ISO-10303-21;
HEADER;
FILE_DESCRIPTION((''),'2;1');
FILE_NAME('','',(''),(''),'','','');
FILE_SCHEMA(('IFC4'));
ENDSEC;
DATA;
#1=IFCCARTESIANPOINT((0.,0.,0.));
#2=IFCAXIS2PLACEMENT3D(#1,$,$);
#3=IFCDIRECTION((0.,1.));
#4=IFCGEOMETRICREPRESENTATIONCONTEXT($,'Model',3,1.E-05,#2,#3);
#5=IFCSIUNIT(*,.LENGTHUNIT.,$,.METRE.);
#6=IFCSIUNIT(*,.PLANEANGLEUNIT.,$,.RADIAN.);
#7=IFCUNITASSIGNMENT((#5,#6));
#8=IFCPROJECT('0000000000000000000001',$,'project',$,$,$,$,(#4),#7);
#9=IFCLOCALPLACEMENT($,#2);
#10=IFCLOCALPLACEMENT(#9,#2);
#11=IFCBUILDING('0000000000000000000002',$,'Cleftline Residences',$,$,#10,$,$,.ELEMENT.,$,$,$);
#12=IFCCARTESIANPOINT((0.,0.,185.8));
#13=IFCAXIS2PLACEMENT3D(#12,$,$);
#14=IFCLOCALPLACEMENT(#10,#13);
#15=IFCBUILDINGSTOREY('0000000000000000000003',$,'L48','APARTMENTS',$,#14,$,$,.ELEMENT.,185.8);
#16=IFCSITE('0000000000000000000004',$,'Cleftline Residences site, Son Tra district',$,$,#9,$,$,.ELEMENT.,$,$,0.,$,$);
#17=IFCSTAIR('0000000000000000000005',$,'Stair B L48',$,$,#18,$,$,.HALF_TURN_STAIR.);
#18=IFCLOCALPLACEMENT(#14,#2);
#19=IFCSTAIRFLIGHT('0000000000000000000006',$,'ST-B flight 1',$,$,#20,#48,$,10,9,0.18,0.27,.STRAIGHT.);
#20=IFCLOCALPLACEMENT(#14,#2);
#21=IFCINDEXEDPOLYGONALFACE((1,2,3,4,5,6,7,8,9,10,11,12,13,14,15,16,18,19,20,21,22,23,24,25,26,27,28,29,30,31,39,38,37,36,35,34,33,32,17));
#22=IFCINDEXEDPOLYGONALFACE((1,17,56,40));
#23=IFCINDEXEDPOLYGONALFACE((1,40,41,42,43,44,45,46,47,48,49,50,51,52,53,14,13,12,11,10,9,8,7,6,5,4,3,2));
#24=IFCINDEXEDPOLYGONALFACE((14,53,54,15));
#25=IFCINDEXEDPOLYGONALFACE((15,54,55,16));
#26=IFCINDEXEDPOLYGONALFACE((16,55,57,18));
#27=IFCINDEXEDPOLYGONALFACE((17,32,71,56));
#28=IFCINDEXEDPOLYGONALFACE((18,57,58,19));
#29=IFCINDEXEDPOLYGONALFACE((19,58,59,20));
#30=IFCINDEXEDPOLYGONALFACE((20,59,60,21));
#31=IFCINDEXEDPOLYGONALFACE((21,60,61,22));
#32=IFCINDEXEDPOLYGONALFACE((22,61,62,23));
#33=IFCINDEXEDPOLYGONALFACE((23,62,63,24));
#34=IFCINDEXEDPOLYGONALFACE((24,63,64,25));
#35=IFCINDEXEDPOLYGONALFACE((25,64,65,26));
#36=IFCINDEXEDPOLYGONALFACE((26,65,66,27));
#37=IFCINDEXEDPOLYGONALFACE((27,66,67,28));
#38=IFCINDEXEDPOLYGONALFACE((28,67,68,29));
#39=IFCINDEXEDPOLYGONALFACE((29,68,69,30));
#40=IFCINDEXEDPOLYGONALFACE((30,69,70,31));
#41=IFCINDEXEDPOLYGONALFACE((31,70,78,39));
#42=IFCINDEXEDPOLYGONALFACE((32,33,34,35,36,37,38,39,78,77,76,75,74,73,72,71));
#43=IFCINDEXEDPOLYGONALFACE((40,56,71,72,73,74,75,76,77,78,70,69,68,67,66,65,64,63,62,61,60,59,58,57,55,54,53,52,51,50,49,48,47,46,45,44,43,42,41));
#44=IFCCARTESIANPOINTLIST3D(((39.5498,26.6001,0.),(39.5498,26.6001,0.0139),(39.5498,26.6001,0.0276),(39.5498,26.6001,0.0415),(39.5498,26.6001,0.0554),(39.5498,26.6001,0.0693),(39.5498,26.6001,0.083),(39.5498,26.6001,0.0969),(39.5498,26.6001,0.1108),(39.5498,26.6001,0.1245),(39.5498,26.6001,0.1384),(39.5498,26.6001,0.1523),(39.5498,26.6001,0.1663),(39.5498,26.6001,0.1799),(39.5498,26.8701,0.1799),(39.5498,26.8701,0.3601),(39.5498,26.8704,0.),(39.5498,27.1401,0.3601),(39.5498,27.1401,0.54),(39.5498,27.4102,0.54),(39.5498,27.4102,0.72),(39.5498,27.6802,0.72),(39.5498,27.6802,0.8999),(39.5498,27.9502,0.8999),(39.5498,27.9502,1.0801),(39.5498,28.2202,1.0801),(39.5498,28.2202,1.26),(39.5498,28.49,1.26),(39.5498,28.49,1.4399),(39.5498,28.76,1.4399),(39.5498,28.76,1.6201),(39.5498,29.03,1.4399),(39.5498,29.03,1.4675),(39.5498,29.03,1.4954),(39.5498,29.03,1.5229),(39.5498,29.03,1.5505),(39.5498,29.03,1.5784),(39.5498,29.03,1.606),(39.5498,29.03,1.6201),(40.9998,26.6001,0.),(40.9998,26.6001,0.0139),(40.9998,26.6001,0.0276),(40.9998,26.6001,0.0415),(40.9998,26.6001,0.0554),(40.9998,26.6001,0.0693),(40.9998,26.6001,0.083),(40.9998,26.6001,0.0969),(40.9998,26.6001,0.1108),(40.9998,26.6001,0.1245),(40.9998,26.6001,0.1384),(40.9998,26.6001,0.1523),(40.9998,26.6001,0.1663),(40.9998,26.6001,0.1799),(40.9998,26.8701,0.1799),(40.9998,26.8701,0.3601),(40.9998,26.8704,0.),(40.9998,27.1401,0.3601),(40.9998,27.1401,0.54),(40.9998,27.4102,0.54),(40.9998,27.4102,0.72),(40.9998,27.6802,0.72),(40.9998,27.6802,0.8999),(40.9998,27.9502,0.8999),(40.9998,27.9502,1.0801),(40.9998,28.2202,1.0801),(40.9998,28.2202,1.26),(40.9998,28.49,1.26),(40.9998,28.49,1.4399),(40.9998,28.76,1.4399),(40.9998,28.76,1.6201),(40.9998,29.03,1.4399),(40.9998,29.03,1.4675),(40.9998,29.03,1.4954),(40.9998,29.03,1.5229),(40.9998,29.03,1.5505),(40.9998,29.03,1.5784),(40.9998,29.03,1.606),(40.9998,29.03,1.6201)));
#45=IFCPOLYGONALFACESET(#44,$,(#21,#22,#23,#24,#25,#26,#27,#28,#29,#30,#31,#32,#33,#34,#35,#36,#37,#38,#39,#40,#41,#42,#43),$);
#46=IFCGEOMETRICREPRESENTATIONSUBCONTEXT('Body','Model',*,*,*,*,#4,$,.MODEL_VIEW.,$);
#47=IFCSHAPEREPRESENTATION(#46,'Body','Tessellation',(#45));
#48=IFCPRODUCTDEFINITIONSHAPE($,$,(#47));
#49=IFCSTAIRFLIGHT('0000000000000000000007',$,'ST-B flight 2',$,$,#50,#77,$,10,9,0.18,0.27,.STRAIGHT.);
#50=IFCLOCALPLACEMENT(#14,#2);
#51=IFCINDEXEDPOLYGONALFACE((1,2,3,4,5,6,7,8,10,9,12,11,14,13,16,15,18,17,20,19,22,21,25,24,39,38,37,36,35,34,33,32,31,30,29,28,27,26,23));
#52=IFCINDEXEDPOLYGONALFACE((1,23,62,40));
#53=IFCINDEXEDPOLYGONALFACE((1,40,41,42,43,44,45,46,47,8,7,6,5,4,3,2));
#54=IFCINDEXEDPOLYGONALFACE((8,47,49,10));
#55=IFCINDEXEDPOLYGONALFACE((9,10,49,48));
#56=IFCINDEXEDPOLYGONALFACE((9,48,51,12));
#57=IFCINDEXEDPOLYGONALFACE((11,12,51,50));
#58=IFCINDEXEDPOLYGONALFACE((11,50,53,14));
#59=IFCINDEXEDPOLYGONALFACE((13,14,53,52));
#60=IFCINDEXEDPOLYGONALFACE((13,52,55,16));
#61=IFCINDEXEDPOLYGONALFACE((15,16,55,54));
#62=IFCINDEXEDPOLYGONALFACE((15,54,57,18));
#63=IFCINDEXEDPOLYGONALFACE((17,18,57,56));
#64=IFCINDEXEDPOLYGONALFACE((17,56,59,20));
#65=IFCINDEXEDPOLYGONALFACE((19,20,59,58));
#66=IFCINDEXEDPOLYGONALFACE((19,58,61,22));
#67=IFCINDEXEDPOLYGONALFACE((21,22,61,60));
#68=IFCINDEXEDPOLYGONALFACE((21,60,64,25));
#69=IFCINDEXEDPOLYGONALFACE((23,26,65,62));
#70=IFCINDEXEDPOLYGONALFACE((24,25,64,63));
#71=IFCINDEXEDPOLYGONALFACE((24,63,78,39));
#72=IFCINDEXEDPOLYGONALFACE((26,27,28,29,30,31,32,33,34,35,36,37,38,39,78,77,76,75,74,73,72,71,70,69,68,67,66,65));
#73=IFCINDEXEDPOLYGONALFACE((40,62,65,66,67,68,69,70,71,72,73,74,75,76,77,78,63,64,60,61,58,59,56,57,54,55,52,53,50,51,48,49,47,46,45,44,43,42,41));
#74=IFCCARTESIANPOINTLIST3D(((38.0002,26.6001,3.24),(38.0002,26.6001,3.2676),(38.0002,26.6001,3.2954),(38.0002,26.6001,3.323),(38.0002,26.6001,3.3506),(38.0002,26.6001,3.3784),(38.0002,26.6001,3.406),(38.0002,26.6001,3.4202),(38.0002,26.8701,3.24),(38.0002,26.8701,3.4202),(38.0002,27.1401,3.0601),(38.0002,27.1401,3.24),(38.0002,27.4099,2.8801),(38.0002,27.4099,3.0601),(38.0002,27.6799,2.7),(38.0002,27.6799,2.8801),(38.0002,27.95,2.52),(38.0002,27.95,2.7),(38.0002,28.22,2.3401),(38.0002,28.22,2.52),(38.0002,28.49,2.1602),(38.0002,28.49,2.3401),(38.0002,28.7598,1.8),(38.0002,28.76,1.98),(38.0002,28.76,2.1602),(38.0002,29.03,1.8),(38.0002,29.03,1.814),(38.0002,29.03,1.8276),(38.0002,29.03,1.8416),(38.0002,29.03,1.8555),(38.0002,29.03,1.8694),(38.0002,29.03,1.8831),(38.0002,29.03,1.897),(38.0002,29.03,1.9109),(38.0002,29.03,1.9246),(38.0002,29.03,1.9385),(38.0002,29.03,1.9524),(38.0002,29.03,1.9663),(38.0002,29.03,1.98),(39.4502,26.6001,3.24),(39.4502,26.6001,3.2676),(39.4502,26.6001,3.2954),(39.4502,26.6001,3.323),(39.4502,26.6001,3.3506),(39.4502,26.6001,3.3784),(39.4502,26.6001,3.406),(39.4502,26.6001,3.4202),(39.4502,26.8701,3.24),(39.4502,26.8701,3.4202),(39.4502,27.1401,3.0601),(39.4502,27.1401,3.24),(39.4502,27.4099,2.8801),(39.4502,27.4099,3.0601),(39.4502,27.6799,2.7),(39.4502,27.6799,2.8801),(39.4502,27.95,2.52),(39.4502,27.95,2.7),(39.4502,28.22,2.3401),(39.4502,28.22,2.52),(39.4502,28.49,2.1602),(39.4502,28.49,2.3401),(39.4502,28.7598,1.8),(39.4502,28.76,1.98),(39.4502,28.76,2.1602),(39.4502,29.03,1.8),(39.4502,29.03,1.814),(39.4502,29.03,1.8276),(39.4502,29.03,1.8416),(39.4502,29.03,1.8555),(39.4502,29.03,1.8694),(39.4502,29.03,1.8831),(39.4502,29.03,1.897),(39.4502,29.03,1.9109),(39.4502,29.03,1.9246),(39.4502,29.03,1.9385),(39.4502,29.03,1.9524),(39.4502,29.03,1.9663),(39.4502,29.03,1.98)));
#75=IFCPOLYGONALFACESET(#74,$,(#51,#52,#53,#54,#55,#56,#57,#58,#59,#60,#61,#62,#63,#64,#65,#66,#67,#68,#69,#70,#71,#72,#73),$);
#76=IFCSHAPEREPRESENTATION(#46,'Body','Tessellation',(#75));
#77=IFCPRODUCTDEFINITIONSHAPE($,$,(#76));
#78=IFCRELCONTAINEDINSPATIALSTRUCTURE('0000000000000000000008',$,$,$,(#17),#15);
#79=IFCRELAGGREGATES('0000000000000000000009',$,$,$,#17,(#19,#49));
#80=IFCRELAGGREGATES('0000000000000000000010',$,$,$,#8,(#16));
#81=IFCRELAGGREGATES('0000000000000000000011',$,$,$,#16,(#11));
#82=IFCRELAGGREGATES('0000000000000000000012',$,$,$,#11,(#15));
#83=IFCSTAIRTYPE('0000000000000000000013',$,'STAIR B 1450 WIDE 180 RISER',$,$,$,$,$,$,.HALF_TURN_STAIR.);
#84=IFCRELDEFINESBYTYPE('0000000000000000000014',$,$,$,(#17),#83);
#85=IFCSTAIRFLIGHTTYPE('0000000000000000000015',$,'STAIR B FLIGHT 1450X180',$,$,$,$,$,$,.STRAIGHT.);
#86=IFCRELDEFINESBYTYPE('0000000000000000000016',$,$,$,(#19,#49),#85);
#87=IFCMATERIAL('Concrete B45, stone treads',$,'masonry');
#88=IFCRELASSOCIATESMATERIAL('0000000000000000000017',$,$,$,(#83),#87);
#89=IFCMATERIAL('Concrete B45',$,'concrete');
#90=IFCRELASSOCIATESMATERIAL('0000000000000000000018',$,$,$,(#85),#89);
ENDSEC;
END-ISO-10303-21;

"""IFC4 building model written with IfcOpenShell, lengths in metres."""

from ifc_helpers import new_model, si_unit, direction, frame, origin, place, context, subcontext, project, spatial, polyline, outline, extrude, material, type_object, element, aggregate, save


model = new_model("IFC4")

# Units and contexts
model_context = context("Model", 3, precision=1e-05, world=origin(), true_north=direction((0.0, 1.0)))
body_context = subcontext(model_context, "Body", "Model", "MODEL_VIEW")
ifc_project = project(units=[si_unit("LENGTHUNIT", "METRE"), si_unit("PLANEANGLEUNIT", "RADIAN")], contexts=[model_context])

# Site, building, storey
site_placement = place(None, origin())
site = spatial("IfcSite", under=ifc_project, at=site_placement, Name="Cleftline Residences site, Son Tra district", CompositionType="ELEMENT", RefElevation=0.0)
building_placement = place(site_placement, origin())
building = spatial("IfcBuilding", under=site, at=building_placement, Name="Cleftline Residences", CompositionType="ELEMENT")
storey_placement = place(building_placement, frame((0.0, 0.0, 185.8)))
storey = spatial("IfcBuildingStorey", under=building, at=storey_placement, Name="L48", Description="APARTMENTS", CompositionType="ELEMENT", Elevation=185.8)

# Stair, stair flights
ifc_material_1 = material(Name="Concrete B45, stone treads", Category="masonry")
stair_type = type_object("IfcStairType", Name="STAIR B 1450 WIDE 180 RISER", PredefinedType="HALF_TURN_STAIR", material=ifc_material_1)
stair_placement = place(storey_placement, origin())
stair = element("IfcStair", 1, at=stair_placement, inside=storey, type_object=stair_type, Name="Stair B L48", PredefinedType="HALF_TURN_STAIR")
ifc_material_2 = material(Name="Concrete B45", Category="concrete")
stair_flight_type = type_object("IfcStairFlightType", Name="STAIR B FLIGHT 1450X180", PredefinedType="STRAIGHT", material=ifc_material_2)
stair_flight_1_placement = place(storey_placement, frame((40.2749, 26.6001, 0.0), z_axis=(0.0, 0.0, 1.0), x_axis=(0.0, 1.0, 0.0)))
stair_flight_1 = element("IfcStairFlight", 2, at=stair_flight_1_placement, type_object=stair_flight_type, Name="ST-B flight 1", NumberOfRisers=10, NumberOfTreads=9, PredefinedType="STRAIGHT", RiserHeight=0.18, TreadLength=0.27, context=body_context, shape_type="SweptSolid", body=[
    extrude(outline(polyline([(0.0, 0.0), (0.0, 0.0139), (0.0, 0.0276), (0.0, 0.0415), (0.0, 0.0554), (0.0, 0.0693), (0.0, 0.083), (0.0, 0.0969), (0.0, 0.1108), (0.0, 0.1245), (0.0, 0.1384), (0.0, 0.1523), (0.0, 0.1663), (0.0, 0.1799), (0.27, 0.1799), (0.27, 0.3601), (0.54, 0.3601), (0.54, 0.54), (0.8101, 0.54), (0.8101, 0.72), (1.0801, 0.72), (1.0801, 0.8999), (1.3501, 0.8999), (1.3501, 1.0801), (1.6201, 1.0801), (1.6201, 1.26), (1.8899, 1.26), (1.8899, 1.4399), (2.1599, 1.4399), (2.1599, 1.6201), (2.4299, 1.6201), (2.4299, 1.8), (2.4299, 1.7722), (2.4299, 1.7446), (2.4299, 1.7168), (2.4299, 1.6892), (2.4299, 1.6614), (2.4299, 1.6338), (2.4299, 1.606), (2.4299, 1.5784), (2.4299, 1.5505), (2.4299, 1.5229), (2.4299, 1.4954), (2.4299, 1.4675), (2.4299, 1.4399), (0.2703, 0.0), (0.0, 0.0)])), frame((0.0, 0.7251, 0.0), z_axis=(0.0, -1.0, 0.0), x_axis=(1.0, 0.0, 0.0)), (0.0, 0.0, 1.0), 1.45),
])
stair_flight_2_placement = place(storey_placement, frame((38.7251, 29.03, 1.8), z_axis=(0.0, 0.0, 1.0), x_axis=(0.0, -1.0, 0.0)))
stair_flight_2 = element("IfcStairFlight", 3, at=stair_flight_2_placement, type_object=stair_flight_type, Name="ST-B flight 2", NumberOfRisers=10, NumberOfTreads=9, PredefinedType="STRAIGHT", RiserHeight=0.18, TreadLength=0.27, context=body_context, shape_type="SweptSolid", body=[
    extrude(outline(polyline([(0.0, 0.0), (0.0, 0.0139), (0.0, 0.0276), (0.0, 0.0415), (0.0, 0.0554), (0.0, 0.0693), (0.0, 0.083), (0.0, 0.0969), (0.0, 0.1108), (0.0, 0.1245), (0.0, 0.1384), (0.0, 0.1523), (0.0, 0.1663), (0.0, 0.1799), (0.27, 0.1799), (0.27, 0.3601), (0.54, 0.3601), (0.54, 0.54), (0.8101, 0.54), (0.8101, 0.72), (1.0801, 0.72), (1.0801, 0.8999), (1.3501, 0.8999), (1.3501, 1.0801), (1.6201, 1.0801), (1.6201, 1.26), (1.8899, 1.26), (1.8899, 1.4399), (2.1599, 1.4399), (2.1599, 1.6201), (2.4299, 1.6201), (2.4299, 1.8), (2.4299, 1.7722), (2.4299, 1.7446), (2.4299, 1.7168), (2.4299, 1.6892), (2.4299, 1.6614), (2.4299, 1.6338), (2.4299, 1.606), (2.4299, 1.5784), (2.4299, 1.5505), (2.4299, 1.5229), (2.4299, 1.4954), (2.4299, 1.4675), (2.4299, 1.4399), (0.2703, 0.0), (0.0, 0.0)])), frame((0.0, 0.7251, 0.0), z_axis=(0.0, -1.0, 0.0), x_axis=(1.0, 0.0, 0.0)), (0.0, 0.0, 1.0), 1.45),
])
aggregate(stair, [stair_flight_1, stair_flight_2])

save(model, "model.ifc")
